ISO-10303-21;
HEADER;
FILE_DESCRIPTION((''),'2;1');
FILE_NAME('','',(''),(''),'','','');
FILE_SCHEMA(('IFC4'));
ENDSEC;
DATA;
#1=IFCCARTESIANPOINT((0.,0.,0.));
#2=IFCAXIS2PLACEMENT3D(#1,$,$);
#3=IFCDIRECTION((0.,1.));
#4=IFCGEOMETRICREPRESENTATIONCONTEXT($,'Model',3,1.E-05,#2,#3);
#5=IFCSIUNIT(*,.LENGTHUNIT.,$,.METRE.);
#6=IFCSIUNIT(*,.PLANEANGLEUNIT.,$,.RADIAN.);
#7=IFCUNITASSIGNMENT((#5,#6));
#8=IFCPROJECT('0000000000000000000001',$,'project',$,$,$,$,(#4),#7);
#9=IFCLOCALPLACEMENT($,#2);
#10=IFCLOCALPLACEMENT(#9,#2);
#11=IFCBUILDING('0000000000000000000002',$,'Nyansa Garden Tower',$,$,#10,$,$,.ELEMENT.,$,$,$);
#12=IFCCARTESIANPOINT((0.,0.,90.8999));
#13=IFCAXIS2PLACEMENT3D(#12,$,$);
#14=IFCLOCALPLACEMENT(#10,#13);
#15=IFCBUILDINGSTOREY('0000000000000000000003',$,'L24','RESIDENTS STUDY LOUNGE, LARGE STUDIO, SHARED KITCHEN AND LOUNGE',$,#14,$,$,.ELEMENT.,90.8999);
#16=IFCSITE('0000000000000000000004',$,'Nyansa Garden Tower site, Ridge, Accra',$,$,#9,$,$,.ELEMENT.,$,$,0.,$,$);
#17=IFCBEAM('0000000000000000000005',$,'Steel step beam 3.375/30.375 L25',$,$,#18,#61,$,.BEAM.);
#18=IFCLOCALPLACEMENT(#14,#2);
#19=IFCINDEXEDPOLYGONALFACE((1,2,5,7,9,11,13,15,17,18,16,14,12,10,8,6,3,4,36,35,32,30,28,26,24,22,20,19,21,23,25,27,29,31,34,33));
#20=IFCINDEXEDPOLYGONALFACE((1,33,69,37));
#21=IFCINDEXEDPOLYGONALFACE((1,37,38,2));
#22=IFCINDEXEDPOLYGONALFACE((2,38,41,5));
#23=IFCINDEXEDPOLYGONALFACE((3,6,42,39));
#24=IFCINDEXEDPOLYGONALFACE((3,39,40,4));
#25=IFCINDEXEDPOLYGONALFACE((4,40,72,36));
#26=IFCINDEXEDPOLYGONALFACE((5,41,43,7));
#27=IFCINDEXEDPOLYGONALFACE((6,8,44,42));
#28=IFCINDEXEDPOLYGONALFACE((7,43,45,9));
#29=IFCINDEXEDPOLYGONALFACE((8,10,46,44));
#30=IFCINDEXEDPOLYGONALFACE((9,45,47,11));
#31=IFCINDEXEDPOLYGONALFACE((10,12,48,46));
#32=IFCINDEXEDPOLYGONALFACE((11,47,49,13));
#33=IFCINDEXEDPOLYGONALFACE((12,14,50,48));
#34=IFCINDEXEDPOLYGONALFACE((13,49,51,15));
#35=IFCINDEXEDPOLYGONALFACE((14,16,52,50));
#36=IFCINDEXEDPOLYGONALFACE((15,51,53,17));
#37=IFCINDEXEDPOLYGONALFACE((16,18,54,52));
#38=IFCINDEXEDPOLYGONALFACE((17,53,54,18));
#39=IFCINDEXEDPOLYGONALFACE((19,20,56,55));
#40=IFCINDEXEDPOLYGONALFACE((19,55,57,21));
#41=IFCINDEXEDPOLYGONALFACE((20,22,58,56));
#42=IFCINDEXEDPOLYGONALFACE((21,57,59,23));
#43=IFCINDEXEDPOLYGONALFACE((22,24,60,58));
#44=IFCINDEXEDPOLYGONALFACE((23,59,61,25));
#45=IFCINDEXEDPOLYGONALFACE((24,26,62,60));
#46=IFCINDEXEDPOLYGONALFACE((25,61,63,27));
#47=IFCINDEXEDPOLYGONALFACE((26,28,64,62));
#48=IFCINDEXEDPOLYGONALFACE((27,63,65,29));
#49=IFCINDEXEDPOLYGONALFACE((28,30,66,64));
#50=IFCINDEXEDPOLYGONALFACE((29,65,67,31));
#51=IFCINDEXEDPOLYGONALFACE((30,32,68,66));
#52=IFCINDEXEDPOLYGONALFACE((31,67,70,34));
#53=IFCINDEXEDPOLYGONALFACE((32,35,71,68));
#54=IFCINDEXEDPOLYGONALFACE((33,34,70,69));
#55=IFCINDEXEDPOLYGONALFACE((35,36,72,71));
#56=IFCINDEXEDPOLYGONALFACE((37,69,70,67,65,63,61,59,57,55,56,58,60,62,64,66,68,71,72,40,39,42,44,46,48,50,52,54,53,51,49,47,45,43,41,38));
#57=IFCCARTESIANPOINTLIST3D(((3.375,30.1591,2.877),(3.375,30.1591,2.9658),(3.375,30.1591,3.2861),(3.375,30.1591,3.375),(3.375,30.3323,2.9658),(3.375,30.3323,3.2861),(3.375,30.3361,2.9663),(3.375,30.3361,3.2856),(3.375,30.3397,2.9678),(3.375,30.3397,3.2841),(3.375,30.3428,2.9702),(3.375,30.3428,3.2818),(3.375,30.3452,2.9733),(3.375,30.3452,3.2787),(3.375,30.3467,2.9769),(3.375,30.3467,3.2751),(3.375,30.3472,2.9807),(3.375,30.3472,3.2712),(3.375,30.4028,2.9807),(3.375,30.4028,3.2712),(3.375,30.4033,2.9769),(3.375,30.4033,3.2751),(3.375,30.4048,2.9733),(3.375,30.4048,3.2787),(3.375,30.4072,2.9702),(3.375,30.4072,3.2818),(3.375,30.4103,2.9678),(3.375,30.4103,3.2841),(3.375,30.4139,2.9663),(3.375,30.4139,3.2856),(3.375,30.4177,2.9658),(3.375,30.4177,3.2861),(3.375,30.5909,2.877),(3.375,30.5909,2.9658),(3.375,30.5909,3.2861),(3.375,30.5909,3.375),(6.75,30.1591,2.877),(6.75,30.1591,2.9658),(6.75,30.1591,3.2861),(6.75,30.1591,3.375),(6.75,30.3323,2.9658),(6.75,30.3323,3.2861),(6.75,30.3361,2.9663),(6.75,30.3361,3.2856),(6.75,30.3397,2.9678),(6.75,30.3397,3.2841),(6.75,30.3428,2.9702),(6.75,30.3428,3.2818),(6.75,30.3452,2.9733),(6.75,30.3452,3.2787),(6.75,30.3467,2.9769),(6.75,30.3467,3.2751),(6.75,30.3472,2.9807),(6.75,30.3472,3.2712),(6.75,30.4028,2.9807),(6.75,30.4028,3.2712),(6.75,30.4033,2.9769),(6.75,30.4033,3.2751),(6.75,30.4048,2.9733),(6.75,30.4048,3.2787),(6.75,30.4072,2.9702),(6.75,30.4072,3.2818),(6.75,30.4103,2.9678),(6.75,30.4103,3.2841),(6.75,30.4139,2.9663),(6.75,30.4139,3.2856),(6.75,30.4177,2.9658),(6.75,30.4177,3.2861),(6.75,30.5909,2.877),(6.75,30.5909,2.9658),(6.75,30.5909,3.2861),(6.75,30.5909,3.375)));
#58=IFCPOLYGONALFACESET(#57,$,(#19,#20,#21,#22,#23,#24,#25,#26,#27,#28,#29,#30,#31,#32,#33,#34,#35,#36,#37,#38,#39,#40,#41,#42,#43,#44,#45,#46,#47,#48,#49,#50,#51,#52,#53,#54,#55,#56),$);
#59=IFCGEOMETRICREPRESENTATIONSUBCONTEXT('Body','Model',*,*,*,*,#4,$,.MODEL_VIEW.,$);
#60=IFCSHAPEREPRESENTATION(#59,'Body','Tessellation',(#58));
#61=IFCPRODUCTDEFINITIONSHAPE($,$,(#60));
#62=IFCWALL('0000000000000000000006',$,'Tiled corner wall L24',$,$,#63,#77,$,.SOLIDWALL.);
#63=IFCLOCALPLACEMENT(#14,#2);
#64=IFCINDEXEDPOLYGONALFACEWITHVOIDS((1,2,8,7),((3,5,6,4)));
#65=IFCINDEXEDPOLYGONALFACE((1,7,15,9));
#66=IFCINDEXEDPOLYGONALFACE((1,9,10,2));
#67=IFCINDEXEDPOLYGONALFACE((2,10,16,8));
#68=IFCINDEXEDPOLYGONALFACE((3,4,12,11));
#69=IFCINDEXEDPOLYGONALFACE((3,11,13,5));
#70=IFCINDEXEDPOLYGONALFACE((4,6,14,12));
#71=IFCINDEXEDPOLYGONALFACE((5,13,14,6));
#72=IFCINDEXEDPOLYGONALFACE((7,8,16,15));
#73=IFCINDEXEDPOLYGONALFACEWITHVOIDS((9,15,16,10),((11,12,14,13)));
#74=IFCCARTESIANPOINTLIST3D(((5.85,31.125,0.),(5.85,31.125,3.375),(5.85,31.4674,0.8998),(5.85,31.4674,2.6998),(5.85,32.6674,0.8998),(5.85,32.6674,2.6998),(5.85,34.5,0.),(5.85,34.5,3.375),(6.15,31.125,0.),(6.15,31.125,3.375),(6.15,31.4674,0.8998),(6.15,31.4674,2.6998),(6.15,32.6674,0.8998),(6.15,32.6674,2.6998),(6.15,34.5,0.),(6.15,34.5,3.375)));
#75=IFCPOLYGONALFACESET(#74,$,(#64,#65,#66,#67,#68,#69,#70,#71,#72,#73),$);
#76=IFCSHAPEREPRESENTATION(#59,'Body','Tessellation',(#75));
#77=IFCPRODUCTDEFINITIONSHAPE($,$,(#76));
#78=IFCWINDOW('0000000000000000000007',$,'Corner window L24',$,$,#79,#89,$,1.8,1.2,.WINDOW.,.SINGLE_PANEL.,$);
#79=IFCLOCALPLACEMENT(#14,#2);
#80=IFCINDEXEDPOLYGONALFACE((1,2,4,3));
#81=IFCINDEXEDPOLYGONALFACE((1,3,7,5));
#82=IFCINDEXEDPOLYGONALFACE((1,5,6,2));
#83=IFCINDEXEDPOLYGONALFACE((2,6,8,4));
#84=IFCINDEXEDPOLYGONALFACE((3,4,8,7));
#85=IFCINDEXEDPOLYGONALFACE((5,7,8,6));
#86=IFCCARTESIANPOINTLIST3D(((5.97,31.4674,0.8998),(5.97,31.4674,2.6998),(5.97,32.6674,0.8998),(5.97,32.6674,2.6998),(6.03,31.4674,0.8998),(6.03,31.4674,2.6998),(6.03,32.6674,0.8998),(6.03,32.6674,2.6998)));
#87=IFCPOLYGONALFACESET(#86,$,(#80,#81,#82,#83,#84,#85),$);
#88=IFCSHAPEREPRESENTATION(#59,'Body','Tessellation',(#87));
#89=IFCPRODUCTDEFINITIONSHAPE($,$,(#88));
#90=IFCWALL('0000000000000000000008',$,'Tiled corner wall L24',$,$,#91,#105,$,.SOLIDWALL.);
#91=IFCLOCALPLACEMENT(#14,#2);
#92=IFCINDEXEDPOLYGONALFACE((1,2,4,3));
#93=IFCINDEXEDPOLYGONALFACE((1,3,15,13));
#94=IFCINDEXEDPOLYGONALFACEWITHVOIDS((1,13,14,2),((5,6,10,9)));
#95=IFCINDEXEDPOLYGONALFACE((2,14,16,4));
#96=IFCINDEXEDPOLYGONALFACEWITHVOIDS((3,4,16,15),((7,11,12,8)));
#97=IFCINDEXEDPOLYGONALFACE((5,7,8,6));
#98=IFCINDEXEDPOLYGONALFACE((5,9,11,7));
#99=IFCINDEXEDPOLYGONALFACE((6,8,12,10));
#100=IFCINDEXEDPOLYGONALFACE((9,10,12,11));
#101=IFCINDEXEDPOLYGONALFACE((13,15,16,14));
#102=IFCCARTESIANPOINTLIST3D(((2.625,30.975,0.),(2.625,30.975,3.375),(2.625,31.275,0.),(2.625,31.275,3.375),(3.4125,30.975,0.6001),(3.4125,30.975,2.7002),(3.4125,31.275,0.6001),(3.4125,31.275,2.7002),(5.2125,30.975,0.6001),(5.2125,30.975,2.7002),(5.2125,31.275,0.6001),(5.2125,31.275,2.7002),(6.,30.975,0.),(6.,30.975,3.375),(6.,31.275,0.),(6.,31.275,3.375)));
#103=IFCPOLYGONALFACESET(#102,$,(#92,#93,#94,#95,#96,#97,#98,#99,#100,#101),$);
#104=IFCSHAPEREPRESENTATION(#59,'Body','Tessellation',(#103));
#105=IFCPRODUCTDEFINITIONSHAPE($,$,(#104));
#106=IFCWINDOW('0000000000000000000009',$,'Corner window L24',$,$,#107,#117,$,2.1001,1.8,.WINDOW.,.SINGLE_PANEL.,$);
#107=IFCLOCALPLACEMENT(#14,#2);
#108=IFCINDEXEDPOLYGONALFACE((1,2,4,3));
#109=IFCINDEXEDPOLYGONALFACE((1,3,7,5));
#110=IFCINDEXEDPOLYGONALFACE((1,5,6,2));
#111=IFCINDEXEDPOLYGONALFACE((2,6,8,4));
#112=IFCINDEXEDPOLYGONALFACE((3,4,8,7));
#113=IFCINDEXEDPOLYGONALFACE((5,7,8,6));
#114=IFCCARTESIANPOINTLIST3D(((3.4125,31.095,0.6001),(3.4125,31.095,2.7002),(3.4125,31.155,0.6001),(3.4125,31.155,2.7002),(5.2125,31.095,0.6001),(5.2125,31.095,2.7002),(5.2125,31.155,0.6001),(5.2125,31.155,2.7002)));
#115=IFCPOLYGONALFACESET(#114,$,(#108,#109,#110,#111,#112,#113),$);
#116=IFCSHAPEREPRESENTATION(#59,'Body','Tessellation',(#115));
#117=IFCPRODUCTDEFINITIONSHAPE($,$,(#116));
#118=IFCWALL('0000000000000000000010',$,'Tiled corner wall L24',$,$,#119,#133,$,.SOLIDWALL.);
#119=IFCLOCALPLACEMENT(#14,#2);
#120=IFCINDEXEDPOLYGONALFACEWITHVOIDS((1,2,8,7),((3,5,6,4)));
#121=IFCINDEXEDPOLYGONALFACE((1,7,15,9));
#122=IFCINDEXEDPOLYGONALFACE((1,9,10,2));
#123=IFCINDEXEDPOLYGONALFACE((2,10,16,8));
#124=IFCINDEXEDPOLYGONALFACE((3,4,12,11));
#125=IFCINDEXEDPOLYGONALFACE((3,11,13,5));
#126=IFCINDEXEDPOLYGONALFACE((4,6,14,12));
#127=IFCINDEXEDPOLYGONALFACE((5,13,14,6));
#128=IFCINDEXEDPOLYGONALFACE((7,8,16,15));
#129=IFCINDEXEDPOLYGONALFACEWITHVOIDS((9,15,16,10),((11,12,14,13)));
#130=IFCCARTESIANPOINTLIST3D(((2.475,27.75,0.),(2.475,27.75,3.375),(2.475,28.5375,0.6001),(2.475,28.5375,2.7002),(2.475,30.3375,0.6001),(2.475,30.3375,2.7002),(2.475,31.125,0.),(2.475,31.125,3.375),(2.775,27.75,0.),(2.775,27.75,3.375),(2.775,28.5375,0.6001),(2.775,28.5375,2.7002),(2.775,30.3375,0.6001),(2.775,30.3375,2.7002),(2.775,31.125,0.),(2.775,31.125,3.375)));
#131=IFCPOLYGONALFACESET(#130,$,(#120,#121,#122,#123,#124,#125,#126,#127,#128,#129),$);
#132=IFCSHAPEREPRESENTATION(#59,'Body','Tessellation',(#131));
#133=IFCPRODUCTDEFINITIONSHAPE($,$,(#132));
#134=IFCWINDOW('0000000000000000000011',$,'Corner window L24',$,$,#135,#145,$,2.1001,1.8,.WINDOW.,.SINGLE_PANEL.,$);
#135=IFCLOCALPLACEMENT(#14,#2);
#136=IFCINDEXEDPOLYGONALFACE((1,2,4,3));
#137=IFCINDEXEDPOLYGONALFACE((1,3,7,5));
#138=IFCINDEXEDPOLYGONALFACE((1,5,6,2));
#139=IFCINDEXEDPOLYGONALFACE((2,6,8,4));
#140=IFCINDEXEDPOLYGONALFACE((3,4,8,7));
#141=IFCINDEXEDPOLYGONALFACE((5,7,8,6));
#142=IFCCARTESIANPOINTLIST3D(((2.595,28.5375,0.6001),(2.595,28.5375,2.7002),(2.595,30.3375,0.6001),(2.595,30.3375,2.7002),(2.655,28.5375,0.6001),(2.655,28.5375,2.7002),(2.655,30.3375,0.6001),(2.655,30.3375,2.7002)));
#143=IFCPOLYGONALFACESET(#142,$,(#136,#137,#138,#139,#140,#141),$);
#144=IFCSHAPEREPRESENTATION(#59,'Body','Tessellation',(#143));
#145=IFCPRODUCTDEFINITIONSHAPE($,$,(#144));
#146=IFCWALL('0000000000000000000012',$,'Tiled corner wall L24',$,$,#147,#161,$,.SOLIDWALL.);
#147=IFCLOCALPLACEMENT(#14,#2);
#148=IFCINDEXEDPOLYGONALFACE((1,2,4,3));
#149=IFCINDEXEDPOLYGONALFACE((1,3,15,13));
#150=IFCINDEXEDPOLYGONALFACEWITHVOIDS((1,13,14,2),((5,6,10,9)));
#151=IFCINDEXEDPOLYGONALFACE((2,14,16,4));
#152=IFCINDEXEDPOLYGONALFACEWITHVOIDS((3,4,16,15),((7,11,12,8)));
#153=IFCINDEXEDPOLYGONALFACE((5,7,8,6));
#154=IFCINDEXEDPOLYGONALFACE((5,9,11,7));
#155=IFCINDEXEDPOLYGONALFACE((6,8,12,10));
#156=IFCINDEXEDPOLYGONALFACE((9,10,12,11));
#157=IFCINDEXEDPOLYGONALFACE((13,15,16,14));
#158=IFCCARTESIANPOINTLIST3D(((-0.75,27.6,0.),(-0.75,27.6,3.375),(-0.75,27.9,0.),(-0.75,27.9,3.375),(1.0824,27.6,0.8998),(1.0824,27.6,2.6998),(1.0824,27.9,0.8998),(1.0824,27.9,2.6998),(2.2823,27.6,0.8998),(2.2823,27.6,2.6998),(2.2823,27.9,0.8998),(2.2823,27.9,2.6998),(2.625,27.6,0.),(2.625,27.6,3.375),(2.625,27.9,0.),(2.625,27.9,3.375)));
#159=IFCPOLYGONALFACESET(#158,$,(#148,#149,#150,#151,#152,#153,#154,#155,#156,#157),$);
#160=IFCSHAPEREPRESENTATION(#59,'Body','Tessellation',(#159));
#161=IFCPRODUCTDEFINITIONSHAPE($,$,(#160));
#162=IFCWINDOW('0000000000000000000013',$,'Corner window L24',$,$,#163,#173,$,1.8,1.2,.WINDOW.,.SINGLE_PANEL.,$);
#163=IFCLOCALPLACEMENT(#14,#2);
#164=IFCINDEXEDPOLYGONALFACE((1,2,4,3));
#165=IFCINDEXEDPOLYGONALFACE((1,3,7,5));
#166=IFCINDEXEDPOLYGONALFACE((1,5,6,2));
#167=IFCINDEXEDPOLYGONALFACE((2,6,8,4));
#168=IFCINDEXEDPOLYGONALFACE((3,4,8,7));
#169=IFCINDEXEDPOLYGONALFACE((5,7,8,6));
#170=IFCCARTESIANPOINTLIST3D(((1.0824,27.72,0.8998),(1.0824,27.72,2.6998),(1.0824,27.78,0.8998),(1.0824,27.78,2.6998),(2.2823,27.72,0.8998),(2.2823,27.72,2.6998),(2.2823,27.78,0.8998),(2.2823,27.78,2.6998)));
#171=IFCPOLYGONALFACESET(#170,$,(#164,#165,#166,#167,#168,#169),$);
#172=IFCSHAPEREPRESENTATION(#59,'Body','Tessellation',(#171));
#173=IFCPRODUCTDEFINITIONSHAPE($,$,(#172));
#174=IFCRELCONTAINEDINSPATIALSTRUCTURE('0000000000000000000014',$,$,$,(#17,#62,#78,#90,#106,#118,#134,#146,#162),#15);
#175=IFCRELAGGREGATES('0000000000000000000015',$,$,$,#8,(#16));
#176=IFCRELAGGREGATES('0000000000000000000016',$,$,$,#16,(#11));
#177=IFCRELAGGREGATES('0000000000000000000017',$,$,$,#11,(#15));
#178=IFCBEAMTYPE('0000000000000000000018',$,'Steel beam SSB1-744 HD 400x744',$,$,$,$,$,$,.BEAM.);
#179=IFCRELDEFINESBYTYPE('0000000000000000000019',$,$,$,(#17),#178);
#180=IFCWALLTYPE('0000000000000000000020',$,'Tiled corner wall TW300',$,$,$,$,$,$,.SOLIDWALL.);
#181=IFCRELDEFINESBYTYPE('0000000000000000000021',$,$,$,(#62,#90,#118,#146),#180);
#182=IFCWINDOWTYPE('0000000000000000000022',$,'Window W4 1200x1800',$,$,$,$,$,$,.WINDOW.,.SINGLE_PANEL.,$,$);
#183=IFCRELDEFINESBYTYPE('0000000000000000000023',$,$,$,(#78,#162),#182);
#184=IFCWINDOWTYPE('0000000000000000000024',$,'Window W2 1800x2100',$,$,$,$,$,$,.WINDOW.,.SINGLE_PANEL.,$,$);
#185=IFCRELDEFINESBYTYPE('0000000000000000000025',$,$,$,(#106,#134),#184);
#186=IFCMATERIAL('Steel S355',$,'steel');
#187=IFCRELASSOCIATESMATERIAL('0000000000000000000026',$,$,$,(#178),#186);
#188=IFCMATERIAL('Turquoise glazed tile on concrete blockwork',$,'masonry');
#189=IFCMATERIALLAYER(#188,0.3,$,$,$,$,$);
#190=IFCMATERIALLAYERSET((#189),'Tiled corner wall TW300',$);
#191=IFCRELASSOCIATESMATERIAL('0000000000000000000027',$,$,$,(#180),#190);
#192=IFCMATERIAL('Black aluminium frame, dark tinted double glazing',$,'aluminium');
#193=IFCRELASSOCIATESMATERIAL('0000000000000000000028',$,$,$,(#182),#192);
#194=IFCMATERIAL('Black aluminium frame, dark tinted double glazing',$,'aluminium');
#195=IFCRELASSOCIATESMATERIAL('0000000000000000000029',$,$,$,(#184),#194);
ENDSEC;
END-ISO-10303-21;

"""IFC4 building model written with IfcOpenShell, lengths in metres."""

from ifc_helpers import new_model, si_unit, direction, frame, frame_2d, origin, origin_2d, place, context, subcontext, project, spatial, rectangle, i_section, extrude, material, layer, layer_set, material_profile, profile_set, type_object, element, fill, save


model = new_model("IFC4")

# Units and contexts
model_context = context("Model", 3, precision=1e-05, world=origin(), true_north=direction((0.0, 1.0)))
body_context = subcontext(model_context, "Body", "Model", "MODEL_VIEW")
ifc_project = project(units=[si_unit("LENGTHUNIT", "METRE"), si_unit("PLANEANGLEUNIT", "RADIAN")], contexts=[model_context])

# Site, building, storey
site_placement = place(None, origin())
site = spatial("IfcSite", under=ifc_project, at=site_placement, Name="Nyansa Garden Tower site, Ridge, Accra", CompositionType="ELEMENT", RefElevation=0.0)
building_placement = place(site_placement, origin())
building = spatial("IfcBuilding", under=site, at=building_placement, Name="Nyansa Garden Tower", CompositionType="ELEMENT")
storey_placement = place(building_placement, frame((0.0, 0.0, 90.8999)))
storey = spatial("IfcBuildingStorey", under=building, at=storey_placement, Name="L24", Description="RESIDENTS STUDY LOUNGE, LARGE STUDIO, SHARED KITCHEN AND LOUNGE", CompositionType="ELEMENT", Elevation=90.8999)

# Beam
ifc_material_1 = material(Name="Steel S355", Category="steel")
ifc_material_profile_1 = material_profile(ifc_material_1, i_section(OverallWidth=0.4319, OverallDepth=0.498, WebThickness=0.0557, FlangeThickness=0.0889, FilletRadius=0.0149, at=origin_2d()), Name="HD 400x744")
ifc_profile_set_1 = profile_set([ifc_material_profile_1], Name="Steel S355")
beam_type_1 = type_object("IfcBeamType", Name="Steel beam SSB1-744 HD 400x744", PredefinedType="BEAM", material=ifc_profile_set_1)
for number, where, z_axis, x_axis, name in (
    (1, (3.375, 30.375, 3.126), (1.0, 0.0, 0.0), (0.0, 1.0, 0.0), "Steel step beam 3.375/30.375 L25"),
):
    element("IfcBeam", number, at=place(storey_placement, frame(where, z_axis=z_axis, x_axis=x_axis)), inside=storey, type_object=beam_type_1, Name=name, PredefinedType="BEAM", context=body_context, shape_type="SweptSolid", body=[
        extrude(i_section(OverallWidth=0.4319, OverallDepth=0.498, WebThickness=0.0557, FlangeThickness=0.0889, FilletRadius=0.0149, at=origin_2d()), origin(), (0.0, 0.0, 1.0), 3.375),
    ])

# Walls, openings, windows
ifc_material_2 = material(Name="Turquoise glazed tile on concrete blockwork", Category="masonry")
ifc_layer = layer(ifc_material_2, 0.3)
ifc_layer_set = layer_set([ifc_layer], Name="Tiled corner wall TW300")
wall_type = type_object("IfcWallType", Name="Tiled corner wall TW300", PredefinedType="SOLIDWALL", material=ifc_layer_set)
wall_1_placement = place(storey_placement, frame((6.0, 34.5, 0.0), z_axis=(0.0, 0.0, 1.0), x_axis=(0.0, -1.0, 0.0)))
wall_1 = element("IfcWall", 2, at=wall_1_placement, inside=storey, type_object=wall_type, Name="Tiled corner wall L24", PredefinedType="SOLIDWALL", context=body_context, shape_type="SweptSolid", body=[
    extrude(rectangle(XDim=3.375, YDim=0.3, at=frame_2d((1.6875, 0.0))), origin(), (0.0, 0.0, 1.0), 3.375),
])
opening_1_placement = place(wall_1_placement, frame((1.8325, 0.0, 0.8999)))
opening_1 = element("IfcOpeningElement", 3, at=opening_1_placement, cuts=wall_1, PredefinedType="OPENING", context=body_context, shape_type="SweptSolid", body=[
    extrude(rectangle(XDim=1.2, YDim=1.8, at=frame_2d((0.6001, 0.8999))), frame((0.0, 0.1599, 0.0), z_axis=(0.0, -1.0, 0.0), x_axis=(1.0, 0.0, 0.0)), (0.0, 0.0, 1.0), 0.3201),
])
ifc_material_3 = material(Name="Black aluminium frame, dark tinted double glazing", Category="aluminium")
window_type_1 = type_object("IfcWindowType", Name="Window W4 1200x1800", PartitioningType="SINGLE_PANEL", PredefinedType="WINDOW", material=ifc_material_3)
window_1_placement = place(opening_1_placement, origin())
window_1 = element("IfcWindow", 4, at=window_1_placement, inside=storey, type_object=window_type_1, Name="Corner window L24", OverallHeight=1.8, OverallWidth=1.2, PartitioningType="SINGLE_PANEL", PredefinedType="WINDOW", context=body_context, shape_type="SweptSolid", body=[
    extrude(rectangle(XDim=1.2, YDim=1.8, at=frame_2d((0.6001, 0.8999))), frame((0.0, 0.03, 0.0), z_axis=(0.0, -1.0, 0.0), x_axis=(1.0, 0.0, 0.0)), (0.0, 0.0, 1.0), 0.0601),
])
fill(opening_1, window_1)
wall_2_placement = place(storey_placement, frame((6.0, 31.125, 0.0), z_axis=(0.0, 0.0, 1.0), x_axis=(-1.0, 0.0, 0.0)))
wall_2 = element("IfcWall", 5, at=wall_2_placement, inside=storey, type_object=wall_type, Name="Tiled corner wall L24", PredefinedType="SOLIDWALL", context=body_context, shape_type="SweptSolid", body=[
    extrude(rectangle(XDim=3.375, YDim=0.3, at=frame_2d((1.6875, 0.0))), origin(), (0.0, 0.0, 1.0), 3.375),
])
opening_2_placement = place(wall_2_placement, frame((0.7876, 0.0, 0.6001)))
opening_2 = element("IfcOpeningElement", 6, at=opening_2_placement, cuts=wall_2, PredefinedType="OPENING", context=body_context, shape_type="SweptSolid", body=[
    extrude(rectangle(XDim=1.8, YDim=2.1001, at=frame_2d((0.8999, 1.05))), frame((0.0, 0.1599, 0.0), z_axis=(0.0, -1.0, 0.0), x_axis=(1.0, 0.0, 0.0)), (0.0, 0.0, 1.0), 0.3201),
])
ifc_material_4 = material(Name="Black aluminium frame, dark tinted double glazing", Category="aluminium")
window_type_2 = type_object("IfcWindowType", Name="Window W2 1800x2100", PartitioningType="SINGLE_PANEL", PredefinedType="WINDOW", material=ifc_material_4)
window_2_placement = place(opening_2_placement, origin())
window_2 = element("IfcWindow", 7, at=window_2_placement, inside=storey, type_object=window_type_2, Name="Corner window L24", OverallHeight=2.1001, OverallWidth=1.8, PartitioningType="SINGLE_PANEL", PredefinedType="WINDOW", context=body_context, shape_type="SweptSolid", body=[
    extrude(rectangle(XDim=1.8, YDim=2.1001, at=frame_2d((0.8999, 1.05))), frame((0.0, 0.03, 0.0), z_axis=(0.0, -1.0, 0.0), x_axis=(1.0, 0.0, 0.0)), (0.0, 0.0, 1.0), 0.0601),
])
fill(opening_2, window_2)
wall_3_placement = place(storey_placement, frame((2.625, 31.125, 0.0), z_axis=(0.0, 0.0, 1.0), x_axis=(0.0, -1.0, 0.0)))
wall_3 = element("IfcWall", 8, at=wall_3_placement, inside=storey, type_object=wall_type, Name="Tiled corner wall L24", PredefinedType="SOLIDWALL", context=body_context, shape_type="SweptSolid", body=[
    extrude(rectangle(XDim=3.375, YDim=0.3, at=frame_2d((1.6875, 0.0))), origin(), (0.0, 0.0, 1.0), 3.375),
])
opening_3_placement = place(wall_3_placement, frame((0.7876, 0.0, 0.6001)))
opening_3 = element("IfcOpeningElement", 9, at=opening_3_placement, cuts=wall_3, PredefinedType="OPENING", context=body_context, shape_type="SweptSolid", body=[
    extrude(rectangle(XDim=1.8, YDim=2.1001, at=frame_2d((0.8999, 1.05))), frame((0.0, 0.1599, 0.0), z_axis=(0.0, -1.0, 0.0), x_axis=(1.0, 0.0, 0.0)), (0.0, 0.0, 1.0), 0.3201),
])
window_3_placement = place(opening_3_placement, origin())
window_3 = element("IfcWindow", 10, at=window_3_placement, inside=storey, type_object=window_type_2, Name="Corner window L24", OverallHeight=2.1001, OverallWidth=1.8, PartitioningType="SINGLE_PANEL", PredefinedType="WINDOW", context=body_context, shape_type="SweptSolid", body=[
    extrude(rectangle(XDim=1.8, YDim=2.1001, at=frame_2d((0.8999, 1.05))), frame((0.0, 0.03, 0.0), z_axis=(0.0, -1.0, 0.0), x_axis=(1.0, 0.0, 0.0)), (0.0, 0.0, 1.0), 0.0601),
])
fill(opening_3, window_3)
wall_4_placement = place(storey_placement, frame((2.625, 27.75, 0.0), z_axis=(0.0, 0.0, 1.0), x_axis=(-1.0, 0.0, 0.0)))
wall_4 = element("IfcWall", 11, at=wall_4_placement, inside=storey, type_object=wall_type, Name="Tiled corner wall L24", PredefinedType="SOLIDWALL", context=body_context, shape_type="SweptSolid", body=[
    extrude(rectangle(XDim=3.375, YDim=0.3, at=frame_2d((1.6875, 0.0))), origin(), (0.0, 0.0, 1.0), 3.375),
])
opening_4_placement = place(wall_4_placement, frame((0.3425, 0.0, 0.8999)))
opening_4 = element("IfcOpeningElement", 12, at=opening_4_placement, cuts=wall_4, PredefinedType="OPENING", context=body_context, shape_type="SweptSolid", body=[
    extrude(rectangle(XDim=1.2, YDim=1.8, at=frame_2d((0.6001, 0.8999))), frame((0.0, 0.1599, 0.0), z_axis=(0.0, -1.0, 0.0), x_axis=(1.0, 0.0, 0.0)), (0.0, 0.0, 1.0), 0.3201),
])
window_4_placement = place(opening_4_placement, origin())
window_4 = element("IfcWindow", 13, at=window_4_placement, inside=storey, type_object=window_type_1, Name="Corner window L24", OverallHeight=1.8, OverallWidth=1.2, PartitioningType="SINGLE_PANEL", PredefinedType="WINDOW", context=body_context, shape_type="SweptSolid", body=[
    extrude(rectangle(XDim=1.2, YDim=1.8, at=frame_2d((0.6001, 0.8999))), frame((0.0, 0.03, 0.0), z_axis=(0.0, -1.0, 0.0), x_axis=(1.0, 0.0, 0.0)), (0.0, 0.0, 1.0), 0.0601),
])
fill(opening_4, window_4)

save(model, "model.ifc")
